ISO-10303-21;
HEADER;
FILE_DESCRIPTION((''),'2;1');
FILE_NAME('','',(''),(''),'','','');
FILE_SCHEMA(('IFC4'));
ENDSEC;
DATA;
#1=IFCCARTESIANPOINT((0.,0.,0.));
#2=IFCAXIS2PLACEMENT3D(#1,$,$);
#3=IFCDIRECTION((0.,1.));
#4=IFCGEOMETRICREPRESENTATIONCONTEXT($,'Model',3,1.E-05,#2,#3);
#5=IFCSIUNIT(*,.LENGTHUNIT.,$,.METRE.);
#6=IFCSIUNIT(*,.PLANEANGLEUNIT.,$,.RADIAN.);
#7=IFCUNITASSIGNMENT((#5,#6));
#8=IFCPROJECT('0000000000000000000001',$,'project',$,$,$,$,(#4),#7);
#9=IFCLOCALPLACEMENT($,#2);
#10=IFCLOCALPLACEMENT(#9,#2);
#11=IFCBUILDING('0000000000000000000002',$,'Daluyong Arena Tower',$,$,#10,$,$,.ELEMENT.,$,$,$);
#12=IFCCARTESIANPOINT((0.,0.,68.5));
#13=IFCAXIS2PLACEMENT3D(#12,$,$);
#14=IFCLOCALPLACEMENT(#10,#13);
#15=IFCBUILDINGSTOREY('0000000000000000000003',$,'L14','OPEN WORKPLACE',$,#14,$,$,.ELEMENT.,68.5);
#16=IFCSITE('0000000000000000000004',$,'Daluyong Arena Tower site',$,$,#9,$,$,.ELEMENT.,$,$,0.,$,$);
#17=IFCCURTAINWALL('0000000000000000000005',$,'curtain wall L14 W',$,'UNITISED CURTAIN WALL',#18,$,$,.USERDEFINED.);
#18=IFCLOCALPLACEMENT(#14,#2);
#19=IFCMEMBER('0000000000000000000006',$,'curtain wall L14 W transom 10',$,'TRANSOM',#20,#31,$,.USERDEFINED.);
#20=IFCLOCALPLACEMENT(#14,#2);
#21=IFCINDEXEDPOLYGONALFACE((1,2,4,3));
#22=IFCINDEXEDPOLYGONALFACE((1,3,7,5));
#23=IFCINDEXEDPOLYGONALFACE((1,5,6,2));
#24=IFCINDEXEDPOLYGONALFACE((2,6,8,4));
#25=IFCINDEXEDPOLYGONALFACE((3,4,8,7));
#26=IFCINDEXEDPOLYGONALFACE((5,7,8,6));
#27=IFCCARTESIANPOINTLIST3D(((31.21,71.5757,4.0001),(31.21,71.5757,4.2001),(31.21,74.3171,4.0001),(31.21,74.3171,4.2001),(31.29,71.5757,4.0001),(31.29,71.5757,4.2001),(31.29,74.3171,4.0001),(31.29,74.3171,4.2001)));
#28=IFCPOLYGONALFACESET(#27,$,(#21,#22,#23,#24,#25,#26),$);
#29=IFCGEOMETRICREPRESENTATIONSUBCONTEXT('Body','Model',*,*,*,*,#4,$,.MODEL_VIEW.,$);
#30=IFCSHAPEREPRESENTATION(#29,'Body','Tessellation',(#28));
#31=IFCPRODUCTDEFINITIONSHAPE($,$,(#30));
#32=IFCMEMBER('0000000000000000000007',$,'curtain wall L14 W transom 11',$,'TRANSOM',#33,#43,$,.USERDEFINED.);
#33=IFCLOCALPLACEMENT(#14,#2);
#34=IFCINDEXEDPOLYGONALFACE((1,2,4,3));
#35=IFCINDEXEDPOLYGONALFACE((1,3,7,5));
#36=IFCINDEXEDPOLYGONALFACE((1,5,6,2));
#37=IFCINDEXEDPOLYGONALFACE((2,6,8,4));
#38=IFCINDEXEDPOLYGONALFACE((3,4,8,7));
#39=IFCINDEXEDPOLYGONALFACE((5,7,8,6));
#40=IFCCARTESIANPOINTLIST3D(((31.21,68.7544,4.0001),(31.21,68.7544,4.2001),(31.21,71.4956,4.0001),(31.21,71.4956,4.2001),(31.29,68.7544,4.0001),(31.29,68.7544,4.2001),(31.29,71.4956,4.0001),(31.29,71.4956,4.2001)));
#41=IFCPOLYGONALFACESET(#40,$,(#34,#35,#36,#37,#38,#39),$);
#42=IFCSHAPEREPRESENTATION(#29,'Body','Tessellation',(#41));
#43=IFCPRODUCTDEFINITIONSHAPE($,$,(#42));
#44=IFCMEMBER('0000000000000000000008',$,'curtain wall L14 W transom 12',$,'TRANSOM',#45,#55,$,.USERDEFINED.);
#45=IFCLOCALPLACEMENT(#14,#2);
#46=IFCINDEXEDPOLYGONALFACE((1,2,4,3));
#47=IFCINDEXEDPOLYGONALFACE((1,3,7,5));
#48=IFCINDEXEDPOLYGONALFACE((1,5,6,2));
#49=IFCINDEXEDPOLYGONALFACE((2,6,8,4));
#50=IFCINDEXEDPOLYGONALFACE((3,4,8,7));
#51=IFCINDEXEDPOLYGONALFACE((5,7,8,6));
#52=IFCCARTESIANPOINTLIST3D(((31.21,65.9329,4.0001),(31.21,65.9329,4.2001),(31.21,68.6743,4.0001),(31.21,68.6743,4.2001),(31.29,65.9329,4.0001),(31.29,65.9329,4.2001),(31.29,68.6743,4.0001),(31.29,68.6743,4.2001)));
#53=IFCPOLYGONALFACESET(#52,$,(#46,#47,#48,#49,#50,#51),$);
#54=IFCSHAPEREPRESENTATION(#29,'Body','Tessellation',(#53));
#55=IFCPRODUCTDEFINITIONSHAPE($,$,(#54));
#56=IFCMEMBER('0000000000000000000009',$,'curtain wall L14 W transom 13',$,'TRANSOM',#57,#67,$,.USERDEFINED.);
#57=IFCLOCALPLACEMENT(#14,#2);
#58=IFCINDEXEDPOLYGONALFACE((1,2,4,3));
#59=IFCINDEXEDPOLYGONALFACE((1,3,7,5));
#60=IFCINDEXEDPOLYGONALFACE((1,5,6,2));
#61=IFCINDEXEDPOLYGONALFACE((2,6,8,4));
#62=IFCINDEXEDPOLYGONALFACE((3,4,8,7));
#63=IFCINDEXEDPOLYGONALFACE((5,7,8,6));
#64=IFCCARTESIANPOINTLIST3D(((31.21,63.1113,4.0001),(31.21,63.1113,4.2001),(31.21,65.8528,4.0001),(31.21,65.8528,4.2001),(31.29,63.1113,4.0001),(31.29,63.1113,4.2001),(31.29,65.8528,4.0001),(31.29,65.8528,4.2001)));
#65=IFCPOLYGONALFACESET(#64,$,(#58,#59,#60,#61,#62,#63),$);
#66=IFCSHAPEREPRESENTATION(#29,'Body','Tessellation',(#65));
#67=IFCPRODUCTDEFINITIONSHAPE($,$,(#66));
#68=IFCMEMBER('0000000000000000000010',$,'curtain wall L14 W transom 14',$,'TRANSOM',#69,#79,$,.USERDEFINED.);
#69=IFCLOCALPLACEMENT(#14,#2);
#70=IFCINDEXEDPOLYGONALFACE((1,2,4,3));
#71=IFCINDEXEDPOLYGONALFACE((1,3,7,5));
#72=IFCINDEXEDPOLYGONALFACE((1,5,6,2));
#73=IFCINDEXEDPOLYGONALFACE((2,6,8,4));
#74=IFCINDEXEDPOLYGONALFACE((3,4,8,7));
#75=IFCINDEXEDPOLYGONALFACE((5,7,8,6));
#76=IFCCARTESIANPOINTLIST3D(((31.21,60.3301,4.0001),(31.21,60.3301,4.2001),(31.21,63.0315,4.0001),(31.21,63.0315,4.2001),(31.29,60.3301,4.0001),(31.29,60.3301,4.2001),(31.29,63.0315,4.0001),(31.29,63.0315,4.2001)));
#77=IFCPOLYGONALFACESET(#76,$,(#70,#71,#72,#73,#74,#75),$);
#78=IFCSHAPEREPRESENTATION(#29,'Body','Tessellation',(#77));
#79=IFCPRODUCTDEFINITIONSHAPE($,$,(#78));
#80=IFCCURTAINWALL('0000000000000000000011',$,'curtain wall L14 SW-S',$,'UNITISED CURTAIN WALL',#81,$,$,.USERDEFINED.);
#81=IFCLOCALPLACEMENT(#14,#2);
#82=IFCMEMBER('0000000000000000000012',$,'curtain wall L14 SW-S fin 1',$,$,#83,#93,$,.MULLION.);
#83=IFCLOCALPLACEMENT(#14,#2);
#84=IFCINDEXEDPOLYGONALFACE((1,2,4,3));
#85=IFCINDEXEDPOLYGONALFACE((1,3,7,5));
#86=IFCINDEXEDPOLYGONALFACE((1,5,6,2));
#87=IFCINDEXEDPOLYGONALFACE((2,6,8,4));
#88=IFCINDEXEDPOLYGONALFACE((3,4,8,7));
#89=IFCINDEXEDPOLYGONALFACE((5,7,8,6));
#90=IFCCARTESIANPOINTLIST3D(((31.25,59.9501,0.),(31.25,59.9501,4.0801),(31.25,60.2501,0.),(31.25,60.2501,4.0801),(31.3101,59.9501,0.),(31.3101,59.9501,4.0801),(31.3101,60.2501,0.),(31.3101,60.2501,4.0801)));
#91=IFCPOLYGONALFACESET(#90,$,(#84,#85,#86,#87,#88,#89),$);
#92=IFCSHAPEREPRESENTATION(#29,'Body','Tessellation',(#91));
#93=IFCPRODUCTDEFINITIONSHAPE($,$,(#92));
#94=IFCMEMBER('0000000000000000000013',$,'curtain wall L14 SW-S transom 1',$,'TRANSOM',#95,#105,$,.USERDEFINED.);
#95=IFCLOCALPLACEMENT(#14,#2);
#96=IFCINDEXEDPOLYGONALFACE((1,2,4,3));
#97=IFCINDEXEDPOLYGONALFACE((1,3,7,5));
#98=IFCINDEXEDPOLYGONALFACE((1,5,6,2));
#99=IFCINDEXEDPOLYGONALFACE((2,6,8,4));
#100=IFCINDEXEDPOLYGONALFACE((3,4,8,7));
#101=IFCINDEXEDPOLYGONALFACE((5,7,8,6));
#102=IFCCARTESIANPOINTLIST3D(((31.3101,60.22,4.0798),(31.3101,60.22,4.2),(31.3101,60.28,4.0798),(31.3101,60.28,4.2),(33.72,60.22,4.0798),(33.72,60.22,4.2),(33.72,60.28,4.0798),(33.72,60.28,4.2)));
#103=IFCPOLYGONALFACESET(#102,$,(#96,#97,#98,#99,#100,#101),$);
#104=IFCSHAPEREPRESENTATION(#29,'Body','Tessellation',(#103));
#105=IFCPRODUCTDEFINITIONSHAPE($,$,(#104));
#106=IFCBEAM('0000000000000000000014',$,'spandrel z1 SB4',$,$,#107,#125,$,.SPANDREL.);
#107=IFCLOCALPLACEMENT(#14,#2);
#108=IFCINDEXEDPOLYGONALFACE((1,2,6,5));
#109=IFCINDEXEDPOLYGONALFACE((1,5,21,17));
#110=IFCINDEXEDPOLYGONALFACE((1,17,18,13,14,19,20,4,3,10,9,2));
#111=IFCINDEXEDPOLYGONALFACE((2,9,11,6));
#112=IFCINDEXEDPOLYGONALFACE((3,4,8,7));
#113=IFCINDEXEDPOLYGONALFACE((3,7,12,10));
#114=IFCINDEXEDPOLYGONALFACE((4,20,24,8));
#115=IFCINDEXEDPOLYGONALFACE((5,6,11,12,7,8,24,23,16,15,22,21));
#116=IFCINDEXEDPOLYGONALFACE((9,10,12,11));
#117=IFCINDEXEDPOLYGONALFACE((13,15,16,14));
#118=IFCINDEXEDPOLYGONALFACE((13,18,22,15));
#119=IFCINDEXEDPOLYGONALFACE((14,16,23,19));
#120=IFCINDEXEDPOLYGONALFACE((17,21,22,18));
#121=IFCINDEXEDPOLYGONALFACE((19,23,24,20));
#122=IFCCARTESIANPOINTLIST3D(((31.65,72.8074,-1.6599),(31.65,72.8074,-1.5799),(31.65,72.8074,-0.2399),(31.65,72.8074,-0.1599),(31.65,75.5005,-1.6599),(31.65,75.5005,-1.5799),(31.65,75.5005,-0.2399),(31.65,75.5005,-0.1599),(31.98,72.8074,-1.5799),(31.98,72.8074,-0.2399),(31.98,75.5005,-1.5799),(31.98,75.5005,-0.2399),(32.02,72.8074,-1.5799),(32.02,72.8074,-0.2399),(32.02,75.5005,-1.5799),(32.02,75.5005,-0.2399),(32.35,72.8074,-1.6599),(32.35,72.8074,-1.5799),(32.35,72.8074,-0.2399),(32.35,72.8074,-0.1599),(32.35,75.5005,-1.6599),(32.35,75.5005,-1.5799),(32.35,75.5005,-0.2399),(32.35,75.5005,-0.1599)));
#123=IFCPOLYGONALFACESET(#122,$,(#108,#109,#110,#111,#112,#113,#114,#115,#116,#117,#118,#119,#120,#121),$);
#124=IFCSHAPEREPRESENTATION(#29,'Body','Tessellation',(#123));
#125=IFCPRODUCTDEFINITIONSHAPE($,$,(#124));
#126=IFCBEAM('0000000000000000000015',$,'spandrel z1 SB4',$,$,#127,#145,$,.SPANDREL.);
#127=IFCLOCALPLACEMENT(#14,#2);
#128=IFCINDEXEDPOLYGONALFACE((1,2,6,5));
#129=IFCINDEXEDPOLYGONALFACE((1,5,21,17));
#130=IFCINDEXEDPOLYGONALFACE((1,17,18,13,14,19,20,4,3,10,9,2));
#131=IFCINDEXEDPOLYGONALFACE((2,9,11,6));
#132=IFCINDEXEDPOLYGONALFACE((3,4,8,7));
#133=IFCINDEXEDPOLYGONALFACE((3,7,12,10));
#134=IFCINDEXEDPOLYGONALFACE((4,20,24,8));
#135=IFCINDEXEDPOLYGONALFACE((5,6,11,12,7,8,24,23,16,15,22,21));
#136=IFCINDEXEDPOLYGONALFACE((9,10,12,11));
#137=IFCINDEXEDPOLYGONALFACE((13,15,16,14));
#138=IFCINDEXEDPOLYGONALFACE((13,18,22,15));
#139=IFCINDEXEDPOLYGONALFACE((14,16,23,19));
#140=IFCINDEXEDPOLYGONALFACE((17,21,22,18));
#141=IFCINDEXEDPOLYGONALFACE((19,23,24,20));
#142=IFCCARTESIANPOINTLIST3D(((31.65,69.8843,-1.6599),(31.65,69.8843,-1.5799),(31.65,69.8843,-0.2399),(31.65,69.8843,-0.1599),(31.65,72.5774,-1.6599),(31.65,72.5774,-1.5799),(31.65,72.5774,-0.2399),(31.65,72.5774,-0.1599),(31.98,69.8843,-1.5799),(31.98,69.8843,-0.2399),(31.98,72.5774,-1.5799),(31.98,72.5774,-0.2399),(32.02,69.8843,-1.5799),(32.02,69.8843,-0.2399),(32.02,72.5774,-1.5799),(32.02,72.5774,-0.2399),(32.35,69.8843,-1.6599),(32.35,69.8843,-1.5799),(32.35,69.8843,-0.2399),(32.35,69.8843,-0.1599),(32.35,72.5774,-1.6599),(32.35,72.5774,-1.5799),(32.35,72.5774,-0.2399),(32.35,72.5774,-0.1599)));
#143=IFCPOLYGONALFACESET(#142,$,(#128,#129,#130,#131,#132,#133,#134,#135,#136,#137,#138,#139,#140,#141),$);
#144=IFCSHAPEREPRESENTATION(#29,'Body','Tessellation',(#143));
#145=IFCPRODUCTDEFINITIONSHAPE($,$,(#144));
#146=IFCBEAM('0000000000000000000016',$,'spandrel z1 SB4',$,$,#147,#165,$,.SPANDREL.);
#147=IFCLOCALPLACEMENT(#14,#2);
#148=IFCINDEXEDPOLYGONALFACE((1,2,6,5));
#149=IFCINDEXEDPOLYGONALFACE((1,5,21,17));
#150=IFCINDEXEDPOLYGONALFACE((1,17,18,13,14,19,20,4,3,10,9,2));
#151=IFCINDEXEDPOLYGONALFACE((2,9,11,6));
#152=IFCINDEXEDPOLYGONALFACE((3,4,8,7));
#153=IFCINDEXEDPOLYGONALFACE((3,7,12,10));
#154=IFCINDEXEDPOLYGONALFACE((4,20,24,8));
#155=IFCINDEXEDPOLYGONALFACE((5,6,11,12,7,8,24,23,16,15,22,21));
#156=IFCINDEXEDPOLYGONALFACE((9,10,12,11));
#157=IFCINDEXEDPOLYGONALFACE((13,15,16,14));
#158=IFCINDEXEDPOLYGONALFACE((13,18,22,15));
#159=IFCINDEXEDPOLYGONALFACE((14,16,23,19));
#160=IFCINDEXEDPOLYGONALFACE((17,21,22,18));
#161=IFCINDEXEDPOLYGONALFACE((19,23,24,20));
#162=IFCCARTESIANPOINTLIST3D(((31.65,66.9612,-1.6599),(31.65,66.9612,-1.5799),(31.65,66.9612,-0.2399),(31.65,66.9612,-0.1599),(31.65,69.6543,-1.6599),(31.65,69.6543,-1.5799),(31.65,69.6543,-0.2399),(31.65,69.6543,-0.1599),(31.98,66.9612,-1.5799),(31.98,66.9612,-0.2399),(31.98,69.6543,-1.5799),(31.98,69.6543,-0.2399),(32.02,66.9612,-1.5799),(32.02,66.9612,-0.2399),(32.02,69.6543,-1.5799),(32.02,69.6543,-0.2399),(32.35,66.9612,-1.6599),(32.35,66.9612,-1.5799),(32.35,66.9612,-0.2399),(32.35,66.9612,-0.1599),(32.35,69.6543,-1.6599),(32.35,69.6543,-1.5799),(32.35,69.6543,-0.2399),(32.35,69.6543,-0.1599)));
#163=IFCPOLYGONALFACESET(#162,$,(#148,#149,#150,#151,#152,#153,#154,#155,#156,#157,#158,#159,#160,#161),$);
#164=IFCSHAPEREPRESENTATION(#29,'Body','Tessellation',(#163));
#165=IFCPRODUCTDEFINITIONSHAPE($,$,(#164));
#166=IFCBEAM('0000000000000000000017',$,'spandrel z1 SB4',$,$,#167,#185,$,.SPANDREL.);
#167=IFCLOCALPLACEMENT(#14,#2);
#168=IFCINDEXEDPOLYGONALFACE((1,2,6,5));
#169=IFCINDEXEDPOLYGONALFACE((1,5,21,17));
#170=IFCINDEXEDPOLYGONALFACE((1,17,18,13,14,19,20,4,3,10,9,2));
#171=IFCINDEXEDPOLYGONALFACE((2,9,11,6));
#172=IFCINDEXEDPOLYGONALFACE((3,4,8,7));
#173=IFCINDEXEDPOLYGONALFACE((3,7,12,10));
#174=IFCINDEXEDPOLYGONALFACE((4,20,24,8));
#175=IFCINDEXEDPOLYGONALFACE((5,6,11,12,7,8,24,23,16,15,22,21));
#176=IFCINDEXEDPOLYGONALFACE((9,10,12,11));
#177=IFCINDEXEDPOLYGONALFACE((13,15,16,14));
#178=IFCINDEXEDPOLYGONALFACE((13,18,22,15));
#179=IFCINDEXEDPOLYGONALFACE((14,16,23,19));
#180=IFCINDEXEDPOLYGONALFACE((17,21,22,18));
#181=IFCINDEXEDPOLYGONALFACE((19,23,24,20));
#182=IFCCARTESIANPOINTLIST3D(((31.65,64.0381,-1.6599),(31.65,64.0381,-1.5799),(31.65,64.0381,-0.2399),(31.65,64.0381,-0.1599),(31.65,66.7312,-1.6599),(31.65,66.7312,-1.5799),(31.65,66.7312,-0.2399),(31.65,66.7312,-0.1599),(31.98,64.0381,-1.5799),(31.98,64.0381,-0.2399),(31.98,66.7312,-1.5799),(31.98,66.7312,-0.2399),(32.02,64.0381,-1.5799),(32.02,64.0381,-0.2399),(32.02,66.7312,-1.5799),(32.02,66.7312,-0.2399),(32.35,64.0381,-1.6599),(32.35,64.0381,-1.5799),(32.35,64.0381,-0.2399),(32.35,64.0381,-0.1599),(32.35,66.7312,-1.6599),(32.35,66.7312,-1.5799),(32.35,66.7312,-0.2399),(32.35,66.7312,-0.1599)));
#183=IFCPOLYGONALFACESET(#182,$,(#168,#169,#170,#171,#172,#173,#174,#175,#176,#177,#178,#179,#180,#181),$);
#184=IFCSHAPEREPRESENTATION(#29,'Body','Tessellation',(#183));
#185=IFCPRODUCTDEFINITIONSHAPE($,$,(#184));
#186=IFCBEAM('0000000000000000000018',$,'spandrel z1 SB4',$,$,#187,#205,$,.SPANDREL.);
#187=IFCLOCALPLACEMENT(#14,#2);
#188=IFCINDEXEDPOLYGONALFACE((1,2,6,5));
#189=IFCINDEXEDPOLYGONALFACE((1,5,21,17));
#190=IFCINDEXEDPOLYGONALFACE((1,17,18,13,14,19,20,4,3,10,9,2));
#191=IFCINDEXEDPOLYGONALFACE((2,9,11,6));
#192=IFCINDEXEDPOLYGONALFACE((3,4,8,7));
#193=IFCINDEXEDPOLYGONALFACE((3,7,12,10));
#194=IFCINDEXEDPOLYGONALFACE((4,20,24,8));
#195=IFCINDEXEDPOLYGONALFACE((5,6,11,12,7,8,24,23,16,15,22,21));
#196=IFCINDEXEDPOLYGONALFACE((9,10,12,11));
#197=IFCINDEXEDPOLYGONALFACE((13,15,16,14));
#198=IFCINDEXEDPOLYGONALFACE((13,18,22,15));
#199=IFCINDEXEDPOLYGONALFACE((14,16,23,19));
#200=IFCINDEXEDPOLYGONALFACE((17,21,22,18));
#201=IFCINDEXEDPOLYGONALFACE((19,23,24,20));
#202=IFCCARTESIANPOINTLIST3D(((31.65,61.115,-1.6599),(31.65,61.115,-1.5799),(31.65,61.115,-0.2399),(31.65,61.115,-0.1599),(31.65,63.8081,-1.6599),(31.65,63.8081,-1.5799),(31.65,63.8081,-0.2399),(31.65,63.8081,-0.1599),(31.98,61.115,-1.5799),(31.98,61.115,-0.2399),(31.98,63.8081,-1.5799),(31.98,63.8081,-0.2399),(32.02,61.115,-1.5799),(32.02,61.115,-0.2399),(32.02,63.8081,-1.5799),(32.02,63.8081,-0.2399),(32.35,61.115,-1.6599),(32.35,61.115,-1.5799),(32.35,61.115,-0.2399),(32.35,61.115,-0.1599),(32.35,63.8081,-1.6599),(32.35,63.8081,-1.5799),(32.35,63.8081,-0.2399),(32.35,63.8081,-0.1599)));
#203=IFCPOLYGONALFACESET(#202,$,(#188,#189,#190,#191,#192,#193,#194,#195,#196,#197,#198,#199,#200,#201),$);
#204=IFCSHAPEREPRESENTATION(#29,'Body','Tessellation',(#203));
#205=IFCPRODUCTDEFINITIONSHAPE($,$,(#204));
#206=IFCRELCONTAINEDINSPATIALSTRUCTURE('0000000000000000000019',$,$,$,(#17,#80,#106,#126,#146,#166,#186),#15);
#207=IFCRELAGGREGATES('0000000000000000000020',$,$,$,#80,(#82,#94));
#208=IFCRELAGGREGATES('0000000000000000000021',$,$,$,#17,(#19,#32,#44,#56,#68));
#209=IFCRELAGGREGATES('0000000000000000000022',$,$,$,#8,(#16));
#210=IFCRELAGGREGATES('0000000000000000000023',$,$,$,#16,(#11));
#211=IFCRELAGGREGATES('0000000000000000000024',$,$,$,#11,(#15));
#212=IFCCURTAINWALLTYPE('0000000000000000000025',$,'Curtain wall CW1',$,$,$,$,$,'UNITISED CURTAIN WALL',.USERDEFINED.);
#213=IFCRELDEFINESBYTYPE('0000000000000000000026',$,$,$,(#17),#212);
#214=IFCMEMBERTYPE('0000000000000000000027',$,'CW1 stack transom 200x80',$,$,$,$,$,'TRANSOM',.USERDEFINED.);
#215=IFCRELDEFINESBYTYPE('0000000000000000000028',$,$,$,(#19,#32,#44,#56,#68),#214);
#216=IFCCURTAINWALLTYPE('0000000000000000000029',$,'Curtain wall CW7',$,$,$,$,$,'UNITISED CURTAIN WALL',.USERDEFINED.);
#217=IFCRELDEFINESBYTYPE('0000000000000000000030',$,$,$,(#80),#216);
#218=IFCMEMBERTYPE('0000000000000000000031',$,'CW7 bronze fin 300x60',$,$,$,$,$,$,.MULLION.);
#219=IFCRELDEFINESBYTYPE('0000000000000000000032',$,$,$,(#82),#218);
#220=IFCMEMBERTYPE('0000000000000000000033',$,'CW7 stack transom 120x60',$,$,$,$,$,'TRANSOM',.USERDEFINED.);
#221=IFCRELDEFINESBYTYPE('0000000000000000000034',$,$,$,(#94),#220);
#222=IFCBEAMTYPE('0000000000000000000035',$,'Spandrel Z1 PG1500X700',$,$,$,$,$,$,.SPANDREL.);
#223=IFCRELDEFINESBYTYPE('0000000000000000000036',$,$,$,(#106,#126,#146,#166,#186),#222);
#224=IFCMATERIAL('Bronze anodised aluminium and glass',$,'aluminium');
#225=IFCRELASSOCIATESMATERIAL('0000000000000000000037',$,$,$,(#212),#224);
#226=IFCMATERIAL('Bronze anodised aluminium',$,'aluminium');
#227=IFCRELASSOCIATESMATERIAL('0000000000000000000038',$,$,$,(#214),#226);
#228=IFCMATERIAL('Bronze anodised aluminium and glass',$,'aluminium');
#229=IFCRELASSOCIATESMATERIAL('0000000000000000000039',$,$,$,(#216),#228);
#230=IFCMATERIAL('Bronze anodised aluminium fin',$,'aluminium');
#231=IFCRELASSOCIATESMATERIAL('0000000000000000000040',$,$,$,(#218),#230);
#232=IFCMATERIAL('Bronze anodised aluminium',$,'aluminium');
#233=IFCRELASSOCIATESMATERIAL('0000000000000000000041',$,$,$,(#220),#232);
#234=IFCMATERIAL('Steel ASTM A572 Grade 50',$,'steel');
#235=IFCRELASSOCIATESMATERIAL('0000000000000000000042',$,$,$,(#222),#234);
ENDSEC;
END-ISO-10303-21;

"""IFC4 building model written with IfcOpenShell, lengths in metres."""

from ifc_helpers import new_model, si_unit, direction, frame, origin, origin_2d, place, context, subcontext, project, spatial, rectangle, i_section, extrude, material, material_profile, profile_set, type_object, element, aggregate, save


model = new_model("IFC4")

# Units and contexts
model_context = context("Model", 3, precision=1e-05, world=origin(), true_north=direction((0.0, 1.0)))
body_context = subcontext(model_context, "Body", "Model", "MODEL_VIEW")
ifc_project = project(units=[si_unit("LENGTHUNIT", "METRE"), si_unit("PLANEANGLEUNIT", "RADIAN")], contexts=[model_context])

# Site, building, storey
site_placement = place(None, origin())
site = spatial("IfcSite", under=ifc_project, at=site_placement, Name="Daluyong Arena Tower site", CompositionType="ELEMENT", RefElevation=0.0)
building_placement = place(site_placement, origin())
building = spatial("IfcBuilding", under=site, at=building_placement, Name="Daluyong Arena Tower", CompositionType="ELEMENT")
storey_placement = place(building_placement, frame((0.0, 0.0, 68.5)))
storey = spatial("IfcBuildingStorey", under=building, at=storey_placement, Name="L14", Description="OPEN WORKPLACE", CompositionType="ELEMENT", Elevation=68.5)

# Curtain walls, members
ifc_material_1 = material(Name="Bronze anodised aluminium and glass", Category="aluminium")
curtain_wall_type_1 = type_object("IfcCurtainWallType", Name="Curtain wall CW1", ElementType="UNITISED CURTAIN WALL", PredefinedType="USERDEFINED", material=ifc_material_1)
curtain_wall_1_placement = place(storey_placement, origin())
curtain_wall_1 = element("IfcCurtainWall", 1, at=curtain_wall_1_placement, inside=storey, type_object=curtain_wall_type_1, Name="curtain wall L14 W", ObjectType="UNITISED CURTAIN WALL", PredefinedType="USERDEFINED")
ifc_material_2 = material(Name="Bronze anodised aluminium", Category="aluminium")
ifc_material_profile_1 = material_profile(ifc_material_2, rectangle(XDim=0.0801, YDim=0.2, at=origin_2d()))
ifc_profile_set_1 = profile_set([ifc_material_profile_1], Name="Bronze anodised aluminium")
member_type_1 = type_object("IfcMemberType", Name="CW1 stack transom 200x80", ElementType="TRANSOM", PredefinedType="USERDEFINED", material=ifc_profile_set_1)
member_1_placement = place(storey_placement, frame((31.25, 74.3171, 4.1001), z_axis=(0.0, -1.0, 0.0), x_axis=(1.0, 0.0, 0.0)))
member_1 = element("IfcMember", 2, at=member_1_placement, type_object=member_type_1, Name="curtain wall L14 W transom 10", ObjectType="TRANSOM", PredefinedType="USERDEFINED", context=body_context, shape_type="SweptSolid", body=[
    extrude(rectangle(XDim=0.0801, YDim=0.2, at=origin_2d()), origin(), (0.0, 0.0, 1.0), 2.7415),
])
member_2_placement = place(storey_placement, frame((31.25, 71.4956, 4.1001), z_axis=(0.0, -1.0, 0.0), x_axis=(1.0, 0.0, 0.0)))
member_2 = element("IfcMember", 3, at=member_2_placement, type_object=member_type_1, Name="curtain wall L14 W transom 11", ObjectType="TRANSOM", PredefinedType="USERDEFINED", context=body_context, shape_type="SweptSolid", body=[
    extrude(rectangle(XDim=0.0801, YDim=0.2, at=origin_2d()), origin(), (0.0, 0.0, 1.0), 2.7412),
])
member_3_placement = place(storey_placement, frame((31.25, 68.6743, 4.1001), z_axis=(0.0, -1.0, 0.0), x_axis=(1.0, 0.0, 0.0)))
member_3 = element("IfcMember", 4, at=member_3_placement, type_object=member_type_1, Name="curtain wall L14 W transom 12", ObjectType="TRANSOM", PredefinedType="USERDEFINED", context=body_context, shape_type="SweptSolid", body=[
    extrude(rectangle(XDim=0.0801, YDim=0.2, at=origin_2d()), origin(), (0.0, 0.0, 1.0), 2.7415),
])
member_4_placement = place(storey_placement, frame((31.25, 65.8528, 4.1001), z_axis=(0.0, -1.0, 0.0), x_axis=(1.0, 0.0, 0.0)))
member_4 = element("IfcMember", 5, at=member_4_placement, type_object=member_type_1, Name="curtain wall L14 W transom 13", ObjectType="TRANSOM", PredefinedType="USERDEFINED", context=body_context, shape_type="SweptSolid", body=[
    extrude(rectangle(XDim=0.0801, YDim=0.2, at=origin_2d()), origin(), (0.0, 0.0, 1.0), 2.7415),
])
member_5_placement = place(storey_placement, frame((31.25, 63.0315, 4.1001), z_axis=(0.0, -1.0, 0.0), x_axis=(1.0, 0.0, 0.0)))
member_5 = element("IfcMember", 6, at=member_5_placement, type_object=member_type_1, Name="curtain wall L14 W transom 14", ObjectType="TRANSOM", PredefinedType="USERDEFINED", context=body_context, shape_type="SweptSolid", body=[
    extrude(rectangle(XDim=0.0801, YDim=0.2, at=origin_2d()), origin(), (0.0, 0.0, 1.0), 2.7014),
])
ifc_material_3 = material(Name="Bronze anodised aluminium and glass", Category="aluminium")
curtain_wall_type_2 = type_object("IfcCurtainWallType", Name="Curtain wall CW7", ElementType="UNITISED CURTAIN WALL", PredefinedType="USERDEFINED", material=ifc_material_3)
curtain_wall_2_placement = place(storey_placement, origin())
curtain_wall_2 = element("IfcCurtainWall", 7, at=curtain_wall_2_placement, inside=storey, type_object=curtain_wall_type_2, Name="curtain wall L14 SW-S", ObjectType="UNITISED CURTAIN WALL", PredefinedType="USERDEFINED")
ifc_material_4 = material(Name="Bronze anodised aluminium fin", Category="aluminium")
ifc_material_profile_2 = material_profile(ifc_material_4, rectangle(XDim=0.3, YDim=0.0601, at=origin_2d()))
ifc_profile_set_2 = profile_set([ifc_material_profile_2], Name="Bronze anodised aluminium fin")
member_type_2 = type_object("IfcMemberType", Name="CW7 bronze fin 300x60", PredefinedType="MULLION", material=ifc_profile_set_2)
member_6_placement = place(storey_placement, frame((31.28, 60.1001, 0.0), z_axis=(0.0, 0.0, 1.0), x_axis=(0.0, 1.0, 0.0)))
member_6 = element("IfcMember", 8, at=member_6_placement, type_object=member_type_2, Name="curtain wall L14 SW-S fin 1", PredefinedType="MULLION", context=body_context, shape_type="SweptSolid", body=[
    extrude(rectangle(XDim=0.3, YDim=0.0601, at=origin_2d()), origin(), (0.0, 0.0, 1.0), 4.0801),
])
ifc_material_5 = material(Name="Bronze anodised aluminium", Category="aluminium")
ifc_material_profile_3 = material_profile(ifc_material_5, rectangle(XDim=0.0601, YDim=0.1201, at=origin_2d()))
ifc_profile_set_3 = profile_set([ifc_material_profile_3], Name="Bronze anodised aluminium")
member_type_3 = type_object("IfcMemberType", Name="CW7 stack transom 120x60", ElementType="TRANSOM", PredefinedType="USERDEFINED", material=ifc_profile_set_3)
member_7_placement = place(storey_placement, frame((31.3101, 60.25, 4.1399), z_axis=(1.0, 0.0, 0.0), x_axis=(0.0, 1.0, 0.0)))
member_7 = element("IfcMember", 9, at=member_7_placement, type_object=member_type_3, Name="curtain wall L14 SW-S transom 1", ObjectType="TRANSOM", PredefinedType="USERDEFINED", context=body_context, shape_type="SweptSolid", body=[
    extrude(rectangle(XDim=0.0601, YDim=0.1201, at=origin_2d()), origin(), (0.0, 0.0, 1.0), 2.4099),
])
aggregate(curtain_wall_2, [member_6, member_7])

# Beams
ifc_material_6 = material(Name="Steel ASTM A572 Grade 50", Category="steel")
ifc_material_profile_4 = material_profile(ifc_material_6, i_section(OverallWidth=0.7, OverallDepth=1.5, WebThickness=0.04, FlangeThickness=0.08, at=origin_2d()))
ifc_profile_set_4 = profile_set([ifc_material_profile_4], Name="Steel ASTM A572 Grade 50")
beam_type = type_object("IfcBeamType", Name="Spandrel Z1 PG1500X700", PredefinedType="SPANDREL", material=ifc_profile_set_4)
for number, where, z_axis, x_axis, name in (
    (10, (32.0, 75.5005, -0.9099), (0.0, -1.0, 0.0), (1.0, 0.0, 0.0), "spandrel z1 SB4"),
    (11, (32.0, 72.5774, -0.9099), (0.0, -1.0, 0.0), (1.0, 0.0, 0.0), "spandrel z1 SB4"),
    (12, (32.0, 69.6543, -0.9099), (0.0, -1.0, 0.0), (1.0, 0.0, 0.0), "spandrel z1 SB4"),
    (13, (32.0, 66.7312, -0.9099), (0.0, -1.0, 0.0), (1.0, 0.0, 0.0), "spandrel z1 SB4"),
    (14, (32.0, 63.8081, -0.9099), (0.0, -1.0, 0.0), (1.0, 0.0, 0.0), "spandrel z1 SB4"),
):
    element("IfcBeam", number, at=place(storey_placement, frame(where, z_axis=z_axis, x_axis=x_axis)), inside=storey, type_object=beam_type, Name=name, PredefinedType="SPANDREL", context=body_context, shape_type="SweptSolid", body=[
        extrude(i_section(OverallWidth=0.7, OverallDepth=1.5, WebThickness=0.04, FlangeThickness=0.08, at=origin_2d()), origin(), (0.0, 0.0, 1.0), 2.6931),
    ])

aggregate(curtain_wall_1, [member_1, member_2, member_3, member_4, member_5])

save(model, "model.ifc")
